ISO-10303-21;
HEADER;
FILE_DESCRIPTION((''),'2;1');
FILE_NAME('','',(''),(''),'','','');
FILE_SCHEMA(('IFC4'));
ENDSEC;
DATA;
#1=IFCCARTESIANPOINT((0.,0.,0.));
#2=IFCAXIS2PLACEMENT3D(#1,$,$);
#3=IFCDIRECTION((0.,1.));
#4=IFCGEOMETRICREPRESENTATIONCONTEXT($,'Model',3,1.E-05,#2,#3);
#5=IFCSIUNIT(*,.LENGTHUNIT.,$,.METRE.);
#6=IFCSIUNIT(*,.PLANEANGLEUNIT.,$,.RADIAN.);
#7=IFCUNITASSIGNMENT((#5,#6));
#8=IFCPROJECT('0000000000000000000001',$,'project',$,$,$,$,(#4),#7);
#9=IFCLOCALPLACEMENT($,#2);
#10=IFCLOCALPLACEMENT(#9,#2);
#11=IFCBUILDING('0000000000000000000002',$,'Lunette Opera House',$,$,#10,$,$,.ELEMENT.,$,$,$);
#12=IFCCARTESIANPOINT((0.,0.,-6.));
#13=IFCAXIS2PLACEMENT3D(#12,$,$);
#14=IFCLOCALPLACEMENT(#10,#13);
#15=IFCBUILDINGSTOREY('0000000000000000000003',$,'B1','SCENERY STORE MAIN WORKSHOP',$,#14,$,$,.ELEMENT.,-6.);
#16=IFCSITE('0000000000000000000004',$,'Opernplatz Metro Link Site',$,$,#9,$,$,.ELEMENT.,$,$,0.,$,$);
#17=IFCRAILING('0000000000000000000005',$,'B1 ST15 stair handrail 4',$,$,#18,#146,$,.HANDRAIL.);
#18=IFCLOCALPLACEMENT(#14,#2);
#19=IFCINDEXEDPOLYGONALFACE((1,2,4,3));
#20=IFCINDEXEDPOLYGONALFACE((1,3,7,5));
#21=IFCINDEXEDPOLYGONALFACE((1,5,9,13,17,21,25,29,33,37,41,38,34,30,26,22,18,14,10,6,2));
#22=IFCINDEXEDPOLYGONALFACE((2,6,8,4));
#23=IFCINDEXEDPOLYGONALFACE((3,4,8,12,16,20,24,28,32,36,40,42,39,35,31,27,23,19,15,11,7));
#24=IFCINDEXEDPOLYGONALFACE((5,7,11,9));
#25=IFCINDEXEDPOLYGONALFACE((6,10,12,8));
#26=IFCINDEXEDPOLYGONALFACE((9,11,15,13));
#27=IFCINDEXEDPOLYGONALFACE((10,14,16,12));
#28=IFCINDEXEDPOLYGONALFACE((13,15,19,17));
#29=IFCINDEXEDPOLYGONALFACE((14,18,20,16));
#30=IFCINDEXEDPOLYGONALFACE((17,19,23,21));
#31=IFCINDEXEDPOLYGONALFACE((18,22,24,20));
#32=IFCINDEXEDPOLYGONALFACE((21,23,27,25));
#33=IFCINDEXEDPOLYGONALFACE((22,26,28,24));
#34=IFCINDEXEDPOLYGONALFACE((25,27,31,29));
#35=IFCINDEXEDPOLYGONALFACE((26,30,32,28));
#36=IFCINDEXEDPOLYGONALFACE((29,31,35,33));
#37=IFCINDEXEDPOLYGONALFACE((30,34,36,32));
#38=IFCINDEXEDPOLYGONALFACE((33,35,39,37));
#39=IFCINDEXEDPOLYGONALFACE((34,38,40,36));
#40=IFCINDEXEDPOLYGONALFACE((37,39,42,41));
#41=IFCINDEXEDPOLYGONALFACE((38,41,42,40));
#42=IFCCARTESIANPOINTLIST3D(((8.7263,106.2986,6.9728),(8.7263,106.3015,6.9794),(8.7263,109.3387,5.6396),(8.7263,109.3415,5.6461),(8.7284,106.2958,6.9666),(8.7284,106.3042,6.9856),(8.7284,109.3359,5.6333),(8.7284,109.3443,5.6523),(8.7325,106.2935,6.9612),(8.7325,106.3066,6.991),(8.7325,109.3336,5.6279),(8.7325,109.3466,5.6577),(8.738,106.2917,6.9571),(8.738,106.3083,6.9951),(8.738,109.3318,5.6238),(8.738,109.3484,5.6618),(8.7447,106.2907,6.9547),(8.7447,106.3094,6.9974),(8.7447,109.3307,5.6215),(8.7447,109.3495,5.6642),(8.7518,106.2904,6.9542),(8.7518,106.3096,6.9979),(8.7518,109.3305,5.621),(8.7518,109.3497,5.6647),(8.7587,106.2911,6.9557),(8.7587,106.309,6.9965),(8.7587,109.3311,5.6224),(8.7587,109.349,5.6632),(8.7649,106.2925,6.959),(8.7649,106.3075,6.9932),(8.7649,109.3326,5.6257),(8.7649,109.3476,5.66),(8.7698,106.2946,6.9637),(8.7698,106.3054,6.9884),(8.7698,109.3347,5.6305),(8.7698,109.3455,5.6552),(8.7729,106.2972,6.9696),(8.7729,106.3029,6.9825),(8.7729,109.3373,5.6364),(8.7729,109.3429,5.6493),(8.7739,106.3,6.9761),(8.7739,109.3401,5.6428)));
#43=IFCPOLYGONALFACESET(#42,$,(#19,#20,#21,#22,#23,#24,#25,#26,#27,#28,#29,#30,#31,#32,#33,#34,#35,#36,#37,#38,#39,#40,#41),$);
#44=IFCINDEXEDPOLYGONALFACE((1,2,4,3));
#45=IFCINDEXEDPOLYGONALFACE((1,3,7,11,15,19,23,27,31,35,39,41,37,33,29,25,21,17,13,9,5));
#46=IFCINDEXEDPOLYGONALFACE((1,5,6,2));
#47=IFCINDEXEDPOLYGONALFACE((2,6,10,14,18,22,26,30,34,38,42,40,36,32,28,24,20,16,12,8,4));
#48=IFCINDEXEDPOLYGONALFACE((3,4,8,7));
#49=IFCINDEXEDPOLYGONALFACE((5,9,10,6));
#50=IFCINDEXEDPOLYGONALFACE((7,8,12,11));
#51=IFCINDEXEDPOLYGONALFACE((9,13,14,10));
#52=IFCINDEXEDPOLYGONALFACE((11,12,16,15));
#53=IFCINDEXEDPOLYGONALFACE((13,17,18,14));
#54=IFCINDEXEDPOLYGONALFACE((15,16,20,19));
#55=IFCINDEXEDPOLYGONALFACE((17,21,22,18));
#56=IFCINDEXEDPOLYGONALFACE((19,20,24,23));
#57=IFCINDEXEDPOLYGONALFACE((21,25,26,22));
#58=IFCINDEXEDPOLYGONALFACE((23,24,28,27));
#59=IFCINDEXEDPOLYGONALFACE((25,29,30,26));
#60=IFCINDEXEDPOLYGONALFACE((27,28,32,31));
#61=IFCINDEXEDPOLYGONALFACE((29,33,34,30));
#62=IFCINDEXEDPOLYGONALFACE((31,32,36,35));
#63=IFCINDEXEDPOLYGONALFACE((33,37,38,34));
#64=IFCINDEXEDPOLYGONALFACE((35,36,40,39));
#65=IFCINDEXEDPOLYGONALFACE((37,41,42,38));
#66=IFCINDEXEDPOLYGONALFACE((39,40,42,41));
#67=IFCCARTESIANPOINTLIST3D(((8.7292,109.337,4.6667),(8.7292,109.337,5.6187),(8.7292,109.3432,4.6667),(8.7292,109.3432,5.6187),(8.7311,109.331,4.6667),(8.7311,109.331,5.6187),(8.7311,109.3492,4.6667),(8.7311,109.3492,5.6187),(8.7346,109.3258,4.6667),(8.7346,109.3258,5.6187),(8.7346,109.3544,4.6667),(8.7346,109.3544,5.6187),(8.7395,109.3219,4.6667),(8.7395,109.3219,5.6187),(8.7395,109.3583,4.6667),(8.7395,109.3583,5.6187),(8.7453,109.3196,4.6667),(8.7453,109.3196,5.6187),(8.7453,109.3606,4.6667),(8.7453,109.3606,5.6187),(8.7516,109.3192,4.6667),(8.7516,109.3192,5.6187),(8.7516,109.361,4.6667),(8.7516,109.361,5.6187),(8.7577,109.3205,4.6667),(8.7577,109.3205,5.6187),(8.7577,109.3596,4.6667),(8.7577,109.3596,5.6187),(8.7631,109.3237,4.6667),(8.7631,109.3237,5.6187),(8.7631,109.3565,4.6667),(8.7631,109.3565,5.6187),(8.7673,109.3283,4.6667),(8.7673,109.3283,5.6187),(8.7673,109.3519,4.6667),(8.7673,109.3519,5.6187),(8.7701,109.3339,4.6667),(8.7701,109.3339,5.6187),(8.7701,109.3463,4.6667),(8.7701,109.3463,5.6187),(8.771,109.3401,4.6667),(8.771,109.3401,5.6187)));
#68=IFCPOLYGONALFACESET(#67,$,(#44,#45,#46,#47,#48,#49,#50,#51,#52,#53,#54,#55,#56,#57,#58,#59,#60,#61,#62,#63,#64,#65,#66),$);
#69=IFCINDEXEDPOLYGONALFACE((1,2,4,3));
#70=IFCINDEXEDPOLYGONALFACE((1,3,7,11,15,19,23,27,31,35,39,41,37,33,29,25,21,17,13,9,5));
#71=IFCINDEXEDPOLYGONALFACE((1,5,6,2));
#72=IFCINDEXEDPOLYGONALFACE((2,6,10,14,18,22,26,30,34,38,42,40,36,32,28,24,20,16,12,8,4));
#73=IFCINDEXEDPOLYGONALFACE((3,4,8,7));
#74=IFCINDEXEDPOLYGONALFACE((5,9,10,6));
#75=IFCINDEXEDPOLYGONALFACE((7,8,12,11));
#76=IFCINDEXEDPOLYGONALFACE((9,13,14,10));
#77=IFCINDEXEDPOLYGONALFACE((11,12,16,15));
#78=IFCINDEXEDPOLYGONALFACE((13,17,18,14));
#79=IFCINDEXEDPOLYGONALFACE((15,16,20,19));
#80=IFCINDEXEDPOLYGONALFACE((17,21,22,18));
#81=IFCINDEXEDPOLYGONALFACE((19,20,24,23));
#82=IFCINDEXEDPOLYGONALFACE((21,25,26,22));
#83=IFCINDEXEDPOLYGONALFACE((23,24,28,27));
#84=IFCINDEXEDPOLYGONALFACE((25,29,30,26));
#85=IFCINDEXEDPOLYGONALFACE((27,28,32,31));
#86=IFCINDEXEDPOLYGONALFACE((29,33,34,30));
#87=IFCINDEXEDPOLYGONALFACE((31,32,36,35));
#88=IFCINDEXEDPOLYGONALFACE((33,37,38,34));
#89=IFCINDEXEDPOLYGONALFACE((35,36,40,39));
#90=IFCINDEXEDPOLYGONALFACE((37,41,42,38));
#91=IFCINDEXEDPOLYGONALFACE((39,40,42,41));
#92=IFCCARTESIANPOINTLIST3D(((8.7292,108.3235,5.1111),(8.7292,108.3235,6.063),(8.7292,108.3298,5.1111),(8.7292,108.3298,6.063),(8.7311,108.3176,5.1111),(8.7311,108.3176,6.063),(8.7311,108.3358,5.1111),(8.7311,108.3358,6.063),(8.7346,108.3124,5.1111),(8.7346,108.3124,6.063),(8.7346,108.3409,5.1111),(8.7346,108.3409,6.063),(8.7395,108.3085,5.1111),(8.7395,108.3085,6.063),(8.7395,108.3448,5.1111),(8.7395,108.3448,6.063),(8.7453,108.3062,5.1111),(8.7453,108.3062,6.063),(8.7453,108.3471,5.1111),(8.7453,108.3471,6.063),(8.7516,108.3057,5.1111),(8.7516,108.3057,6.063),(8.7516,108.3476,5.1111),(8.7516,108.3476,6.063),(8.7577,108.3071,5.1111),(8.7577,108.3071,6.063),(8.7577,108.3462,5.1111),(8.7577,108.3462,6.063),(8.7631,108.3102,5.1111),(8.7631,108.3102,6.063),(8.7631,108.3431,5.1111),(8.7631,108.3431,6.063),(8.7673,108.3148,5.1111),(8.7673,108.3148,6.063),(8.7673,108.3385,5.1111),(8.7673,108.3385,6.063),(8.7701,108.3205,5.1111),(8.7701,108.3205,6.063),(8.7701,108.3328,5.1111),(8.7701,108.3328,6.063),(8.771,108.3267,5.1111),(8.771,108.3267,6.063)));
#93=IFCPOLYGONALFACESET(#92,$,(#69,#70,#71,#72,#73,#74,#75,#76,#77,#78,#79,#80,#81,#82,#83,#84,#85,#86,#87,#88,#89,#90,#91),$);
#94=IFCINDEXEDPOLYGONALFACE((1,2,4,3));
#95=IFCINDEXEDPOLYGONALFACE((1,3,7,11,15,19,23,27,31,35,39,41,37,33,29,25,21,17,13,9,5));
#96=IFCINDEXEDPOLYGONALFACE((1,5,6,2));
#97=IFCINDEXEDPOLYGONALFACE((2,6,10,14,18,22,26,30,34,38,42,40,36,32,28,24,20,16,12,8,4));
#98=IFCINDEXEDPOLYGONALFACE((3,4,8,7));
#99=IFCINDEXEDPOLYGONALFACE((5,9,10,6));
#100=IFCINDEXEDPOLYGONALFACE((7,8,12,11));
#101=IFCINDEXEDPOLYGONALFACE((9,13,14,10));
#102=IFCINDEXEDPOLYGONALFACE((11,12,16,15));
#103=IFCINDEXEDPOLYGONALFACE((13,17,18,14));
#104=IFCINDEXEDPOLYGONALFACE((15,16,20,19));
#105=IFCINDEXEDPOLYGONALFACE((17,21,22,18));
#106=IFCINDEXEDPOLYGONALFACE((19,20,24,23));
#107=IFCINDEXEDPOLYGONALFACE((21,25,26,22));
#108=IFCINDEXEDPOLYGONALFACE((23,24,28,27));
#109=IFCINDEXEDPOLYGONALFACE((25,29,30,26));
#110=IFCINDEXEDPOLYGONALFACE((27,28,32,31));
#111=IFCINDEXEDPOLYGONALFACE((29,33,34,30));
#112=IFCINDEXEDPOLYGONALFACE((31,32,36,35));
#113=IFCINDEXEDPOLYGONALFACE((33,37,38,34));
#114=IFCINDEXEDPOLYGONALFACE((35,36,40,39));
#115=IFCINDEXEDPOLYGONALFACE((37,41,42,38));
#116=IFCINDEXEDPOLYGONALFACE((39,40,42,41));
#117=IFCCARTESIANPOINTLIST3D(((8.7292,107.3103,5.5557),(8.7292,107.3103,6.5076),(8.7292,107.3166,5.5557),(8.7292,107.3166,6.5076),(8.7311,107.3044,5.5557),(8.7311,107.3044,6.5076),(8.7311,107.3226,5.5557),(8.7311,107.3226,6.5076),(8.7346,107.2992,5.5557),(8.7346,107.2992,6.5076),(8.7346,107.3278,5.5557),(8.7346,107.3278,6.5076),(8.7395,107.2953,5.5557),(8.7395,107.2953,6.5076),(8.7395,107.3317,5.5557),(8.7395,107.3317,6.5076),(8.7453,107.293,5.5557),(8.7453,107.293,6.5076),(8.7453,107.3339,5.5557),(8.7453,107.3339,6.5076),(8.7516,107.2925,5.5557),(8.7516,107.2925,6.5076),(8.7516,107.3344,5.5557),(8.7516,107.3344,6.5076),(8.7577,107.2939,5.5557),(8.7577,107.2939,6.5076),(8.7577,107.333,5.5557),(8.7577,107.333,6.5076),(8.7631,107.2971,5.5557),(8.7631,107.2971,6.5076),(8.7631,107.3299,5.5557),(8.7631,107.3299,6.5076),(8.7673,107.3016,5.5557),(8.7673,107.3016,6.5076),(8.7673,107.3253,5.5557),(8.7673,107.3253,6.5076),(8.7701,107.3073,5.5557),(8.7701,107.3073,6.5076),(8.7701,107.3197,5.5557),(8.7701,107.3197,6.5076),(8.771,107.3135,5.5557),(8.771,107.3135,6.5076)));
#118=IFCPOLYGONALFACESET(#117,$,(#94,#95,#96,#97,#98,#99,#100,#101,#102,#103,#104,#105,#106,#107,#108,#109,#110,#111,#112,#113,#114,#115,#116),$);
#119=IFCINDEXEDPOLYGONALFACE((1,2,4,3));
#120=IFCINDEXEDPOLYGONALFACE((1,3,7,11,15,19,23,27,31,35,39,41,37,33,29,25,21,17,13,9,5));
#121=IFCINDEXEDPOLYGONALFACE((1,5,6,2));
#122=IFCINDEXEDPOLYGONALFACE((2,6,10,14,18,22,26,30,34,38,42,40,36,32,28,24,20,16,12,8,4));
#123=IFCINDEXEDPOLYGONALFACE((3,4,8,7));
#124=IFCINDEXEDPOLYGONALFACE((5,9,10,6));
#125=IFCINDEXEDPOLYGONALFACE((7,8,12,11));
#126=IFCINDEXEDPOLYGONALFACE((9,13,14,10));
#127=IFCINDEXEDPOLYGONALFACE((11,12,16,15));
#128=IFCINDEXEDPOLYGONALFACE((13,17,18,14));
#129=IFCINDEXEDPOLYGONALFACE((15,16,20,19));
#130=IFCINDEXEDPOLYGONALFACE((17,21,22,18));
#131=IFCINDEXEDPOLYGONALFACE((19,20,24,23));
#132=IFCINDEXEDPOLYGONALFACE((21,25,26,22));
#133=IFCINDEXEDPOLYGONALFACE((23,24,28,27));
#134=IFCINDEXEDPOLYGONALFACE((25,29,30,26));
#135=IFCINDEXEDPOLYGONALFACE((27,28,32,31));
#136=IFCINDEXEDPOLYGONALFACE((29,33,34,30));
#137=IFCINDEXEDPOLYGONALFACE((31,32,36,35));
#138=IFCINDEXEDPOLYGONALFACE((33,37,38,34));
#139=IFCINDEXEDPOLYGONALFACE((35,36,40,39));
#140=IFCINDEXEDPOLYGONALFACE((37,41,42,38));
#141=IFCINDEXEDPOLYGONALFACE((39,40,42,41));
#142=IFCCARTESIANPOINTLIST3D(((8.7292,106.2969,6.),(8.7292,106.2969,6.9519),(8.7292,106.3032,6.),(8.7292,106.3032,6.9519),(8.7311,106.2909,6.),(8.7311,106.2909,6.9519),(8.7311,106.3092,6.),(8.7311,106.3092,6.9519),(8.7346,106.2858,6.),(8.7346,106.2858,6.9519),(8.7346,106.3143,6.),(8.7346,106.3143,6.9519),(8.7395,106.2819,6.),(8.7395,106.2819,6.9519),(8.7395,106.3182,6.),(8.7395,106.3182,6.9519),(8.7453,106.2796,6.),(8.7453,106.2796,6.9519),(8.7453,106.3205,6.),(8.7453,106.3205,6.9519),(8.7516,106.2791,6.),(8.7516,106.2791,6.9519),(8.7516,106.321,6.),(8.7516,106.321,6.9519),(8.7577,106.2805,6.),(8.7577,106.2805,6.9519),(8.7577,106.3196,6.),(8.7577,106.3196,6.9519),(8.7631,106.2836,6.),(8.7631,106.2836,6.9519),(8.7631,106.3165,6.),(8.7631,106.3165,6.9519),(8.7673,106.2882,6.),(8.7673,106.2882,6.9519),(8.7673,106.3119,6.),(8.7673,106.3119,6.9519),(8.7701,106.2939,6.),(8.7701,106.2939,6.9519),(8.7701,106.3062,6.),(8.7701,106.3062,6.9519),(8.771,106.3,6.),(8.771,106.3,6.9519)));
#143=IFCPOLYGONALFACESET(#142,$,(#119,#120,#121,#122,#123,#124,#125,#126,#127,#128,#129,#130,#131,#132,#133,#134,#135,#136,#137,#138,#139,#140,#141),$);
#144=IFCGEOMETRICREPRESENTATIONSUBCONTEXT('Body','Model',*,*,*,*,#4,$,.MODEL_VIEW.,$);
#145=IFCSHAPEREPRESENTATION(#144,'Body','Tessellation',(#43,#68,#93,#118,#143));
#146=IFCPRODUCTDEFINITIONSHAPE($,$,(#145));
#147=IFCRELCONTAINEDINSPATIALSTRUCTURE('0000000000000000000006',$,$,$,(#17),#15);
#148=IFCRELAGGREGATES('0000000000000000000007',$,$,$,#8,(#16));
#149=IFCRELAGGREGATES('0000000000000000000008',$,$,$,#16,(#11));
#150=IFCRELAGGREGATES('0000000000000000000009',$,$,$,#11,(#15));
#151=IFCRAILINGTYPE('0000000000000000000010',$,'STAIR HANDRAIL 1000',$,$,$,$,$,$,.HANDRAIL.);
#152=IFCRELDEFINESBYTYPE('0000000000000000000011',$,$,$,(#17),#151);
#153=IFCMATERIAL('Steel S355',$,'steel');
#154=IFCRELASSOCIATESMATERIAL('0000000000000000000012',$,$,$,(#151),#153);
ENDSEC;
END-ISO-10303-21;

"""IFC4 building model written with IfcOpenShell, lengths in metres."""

from ifc_helpers import new_model, si_unit, direction, frame, origin, origin_2d, place, context, subcontext, project, spatial, circle, extrude, material, type_object, element, save


model = new_model("IFC4")

# Units and contexts
model_context = context("Model", 3, precision=1e-05, world=origin(), true_north=direction((0.0, 1.0)))
body_context = subcontext(model_context, "Body", "Model", "MODEL_VIEW")
ifc_project = project(units=[si_unit("LENGTHUNIT", "METRE"), si_unit("PLANEANGLEUNIT", "RADIAN")], contexts=[model_context])

# Site, building, storey
site_placement = place(None, origin())
site = spatial("IfcSite", under=ifc_project, at=site_placement, Name="Opernplatz Metro Link Site", CompositionType="ELEMENT", RefElevation=0.0)
building_placement = place(site_placement, origin())
building = spatial("IfcBuilding", under=site, at=building_placement, Name="Lunette Opera House", CompositionType="ELEMENT")
storey_placement = place(building_placement, frame((0.0, 0.0, -6.0)))
storey = spatial("IfcBuildingStorey", under=building, at=storey_placement, Name="B1", Description="SCENERY STORE MAIN WORKSHOP", CompositionType="ELEMENT", Elevation=-6.0)

# Railing
ifc_material_1 = material(Name="Steel S355", Category="steel")
railing_type_1 = type_object("IfcRailingType", Name="STAIR HANDRAIL 1000", PredefinedType="HANDRAIL", material=ifc_material_1)
for number, where, name in (
    (1, (8.75, 109.3401, 4.6667), "B1 ST15 stair handrail 4"),
):
    element("IfcRailing", number, at=place(storey_placement, frame(where)), inside=storey, type_object=railing_type_1, Name=name, PredefinedType="HANDRAIL", context=body_context, shape_type="SweptSolid", body=[
        extrude(circle(Radius=0.0239, at=origin_2d()), frame((0.0, 0.0, 0.9761), z_axis=(0.0, -0.915799, 0.401637), x_axis=(1.0, 0.0, 0.0)), (0.0, 0.0, 1.0), 3.3196),
        extrude(circle(Radius=0.021, at=origin_2d()), origin(), (0.0, 0.0, 1.0), 0.9519),
        extrude(circle(Radius=0.021, at=origin_2d()), frame((0.0, -1.0134, 0.4443)), (0.0, 0.0, 1.0), 0.9519),
        extrude(circle(Radius=0.021, at=origin_2d()), frame((0.0, -2.0266, 0.8889)), (0.0, 0.0, 1.0), 0.9519),
        extrude(circle(Radius=0.021, at=origin_2d()), frame((0.0, -3.04, 1.3333)), (0.0, 0.0, 1.0), 0.9519),
    ])

save(model, "model.ifc")
